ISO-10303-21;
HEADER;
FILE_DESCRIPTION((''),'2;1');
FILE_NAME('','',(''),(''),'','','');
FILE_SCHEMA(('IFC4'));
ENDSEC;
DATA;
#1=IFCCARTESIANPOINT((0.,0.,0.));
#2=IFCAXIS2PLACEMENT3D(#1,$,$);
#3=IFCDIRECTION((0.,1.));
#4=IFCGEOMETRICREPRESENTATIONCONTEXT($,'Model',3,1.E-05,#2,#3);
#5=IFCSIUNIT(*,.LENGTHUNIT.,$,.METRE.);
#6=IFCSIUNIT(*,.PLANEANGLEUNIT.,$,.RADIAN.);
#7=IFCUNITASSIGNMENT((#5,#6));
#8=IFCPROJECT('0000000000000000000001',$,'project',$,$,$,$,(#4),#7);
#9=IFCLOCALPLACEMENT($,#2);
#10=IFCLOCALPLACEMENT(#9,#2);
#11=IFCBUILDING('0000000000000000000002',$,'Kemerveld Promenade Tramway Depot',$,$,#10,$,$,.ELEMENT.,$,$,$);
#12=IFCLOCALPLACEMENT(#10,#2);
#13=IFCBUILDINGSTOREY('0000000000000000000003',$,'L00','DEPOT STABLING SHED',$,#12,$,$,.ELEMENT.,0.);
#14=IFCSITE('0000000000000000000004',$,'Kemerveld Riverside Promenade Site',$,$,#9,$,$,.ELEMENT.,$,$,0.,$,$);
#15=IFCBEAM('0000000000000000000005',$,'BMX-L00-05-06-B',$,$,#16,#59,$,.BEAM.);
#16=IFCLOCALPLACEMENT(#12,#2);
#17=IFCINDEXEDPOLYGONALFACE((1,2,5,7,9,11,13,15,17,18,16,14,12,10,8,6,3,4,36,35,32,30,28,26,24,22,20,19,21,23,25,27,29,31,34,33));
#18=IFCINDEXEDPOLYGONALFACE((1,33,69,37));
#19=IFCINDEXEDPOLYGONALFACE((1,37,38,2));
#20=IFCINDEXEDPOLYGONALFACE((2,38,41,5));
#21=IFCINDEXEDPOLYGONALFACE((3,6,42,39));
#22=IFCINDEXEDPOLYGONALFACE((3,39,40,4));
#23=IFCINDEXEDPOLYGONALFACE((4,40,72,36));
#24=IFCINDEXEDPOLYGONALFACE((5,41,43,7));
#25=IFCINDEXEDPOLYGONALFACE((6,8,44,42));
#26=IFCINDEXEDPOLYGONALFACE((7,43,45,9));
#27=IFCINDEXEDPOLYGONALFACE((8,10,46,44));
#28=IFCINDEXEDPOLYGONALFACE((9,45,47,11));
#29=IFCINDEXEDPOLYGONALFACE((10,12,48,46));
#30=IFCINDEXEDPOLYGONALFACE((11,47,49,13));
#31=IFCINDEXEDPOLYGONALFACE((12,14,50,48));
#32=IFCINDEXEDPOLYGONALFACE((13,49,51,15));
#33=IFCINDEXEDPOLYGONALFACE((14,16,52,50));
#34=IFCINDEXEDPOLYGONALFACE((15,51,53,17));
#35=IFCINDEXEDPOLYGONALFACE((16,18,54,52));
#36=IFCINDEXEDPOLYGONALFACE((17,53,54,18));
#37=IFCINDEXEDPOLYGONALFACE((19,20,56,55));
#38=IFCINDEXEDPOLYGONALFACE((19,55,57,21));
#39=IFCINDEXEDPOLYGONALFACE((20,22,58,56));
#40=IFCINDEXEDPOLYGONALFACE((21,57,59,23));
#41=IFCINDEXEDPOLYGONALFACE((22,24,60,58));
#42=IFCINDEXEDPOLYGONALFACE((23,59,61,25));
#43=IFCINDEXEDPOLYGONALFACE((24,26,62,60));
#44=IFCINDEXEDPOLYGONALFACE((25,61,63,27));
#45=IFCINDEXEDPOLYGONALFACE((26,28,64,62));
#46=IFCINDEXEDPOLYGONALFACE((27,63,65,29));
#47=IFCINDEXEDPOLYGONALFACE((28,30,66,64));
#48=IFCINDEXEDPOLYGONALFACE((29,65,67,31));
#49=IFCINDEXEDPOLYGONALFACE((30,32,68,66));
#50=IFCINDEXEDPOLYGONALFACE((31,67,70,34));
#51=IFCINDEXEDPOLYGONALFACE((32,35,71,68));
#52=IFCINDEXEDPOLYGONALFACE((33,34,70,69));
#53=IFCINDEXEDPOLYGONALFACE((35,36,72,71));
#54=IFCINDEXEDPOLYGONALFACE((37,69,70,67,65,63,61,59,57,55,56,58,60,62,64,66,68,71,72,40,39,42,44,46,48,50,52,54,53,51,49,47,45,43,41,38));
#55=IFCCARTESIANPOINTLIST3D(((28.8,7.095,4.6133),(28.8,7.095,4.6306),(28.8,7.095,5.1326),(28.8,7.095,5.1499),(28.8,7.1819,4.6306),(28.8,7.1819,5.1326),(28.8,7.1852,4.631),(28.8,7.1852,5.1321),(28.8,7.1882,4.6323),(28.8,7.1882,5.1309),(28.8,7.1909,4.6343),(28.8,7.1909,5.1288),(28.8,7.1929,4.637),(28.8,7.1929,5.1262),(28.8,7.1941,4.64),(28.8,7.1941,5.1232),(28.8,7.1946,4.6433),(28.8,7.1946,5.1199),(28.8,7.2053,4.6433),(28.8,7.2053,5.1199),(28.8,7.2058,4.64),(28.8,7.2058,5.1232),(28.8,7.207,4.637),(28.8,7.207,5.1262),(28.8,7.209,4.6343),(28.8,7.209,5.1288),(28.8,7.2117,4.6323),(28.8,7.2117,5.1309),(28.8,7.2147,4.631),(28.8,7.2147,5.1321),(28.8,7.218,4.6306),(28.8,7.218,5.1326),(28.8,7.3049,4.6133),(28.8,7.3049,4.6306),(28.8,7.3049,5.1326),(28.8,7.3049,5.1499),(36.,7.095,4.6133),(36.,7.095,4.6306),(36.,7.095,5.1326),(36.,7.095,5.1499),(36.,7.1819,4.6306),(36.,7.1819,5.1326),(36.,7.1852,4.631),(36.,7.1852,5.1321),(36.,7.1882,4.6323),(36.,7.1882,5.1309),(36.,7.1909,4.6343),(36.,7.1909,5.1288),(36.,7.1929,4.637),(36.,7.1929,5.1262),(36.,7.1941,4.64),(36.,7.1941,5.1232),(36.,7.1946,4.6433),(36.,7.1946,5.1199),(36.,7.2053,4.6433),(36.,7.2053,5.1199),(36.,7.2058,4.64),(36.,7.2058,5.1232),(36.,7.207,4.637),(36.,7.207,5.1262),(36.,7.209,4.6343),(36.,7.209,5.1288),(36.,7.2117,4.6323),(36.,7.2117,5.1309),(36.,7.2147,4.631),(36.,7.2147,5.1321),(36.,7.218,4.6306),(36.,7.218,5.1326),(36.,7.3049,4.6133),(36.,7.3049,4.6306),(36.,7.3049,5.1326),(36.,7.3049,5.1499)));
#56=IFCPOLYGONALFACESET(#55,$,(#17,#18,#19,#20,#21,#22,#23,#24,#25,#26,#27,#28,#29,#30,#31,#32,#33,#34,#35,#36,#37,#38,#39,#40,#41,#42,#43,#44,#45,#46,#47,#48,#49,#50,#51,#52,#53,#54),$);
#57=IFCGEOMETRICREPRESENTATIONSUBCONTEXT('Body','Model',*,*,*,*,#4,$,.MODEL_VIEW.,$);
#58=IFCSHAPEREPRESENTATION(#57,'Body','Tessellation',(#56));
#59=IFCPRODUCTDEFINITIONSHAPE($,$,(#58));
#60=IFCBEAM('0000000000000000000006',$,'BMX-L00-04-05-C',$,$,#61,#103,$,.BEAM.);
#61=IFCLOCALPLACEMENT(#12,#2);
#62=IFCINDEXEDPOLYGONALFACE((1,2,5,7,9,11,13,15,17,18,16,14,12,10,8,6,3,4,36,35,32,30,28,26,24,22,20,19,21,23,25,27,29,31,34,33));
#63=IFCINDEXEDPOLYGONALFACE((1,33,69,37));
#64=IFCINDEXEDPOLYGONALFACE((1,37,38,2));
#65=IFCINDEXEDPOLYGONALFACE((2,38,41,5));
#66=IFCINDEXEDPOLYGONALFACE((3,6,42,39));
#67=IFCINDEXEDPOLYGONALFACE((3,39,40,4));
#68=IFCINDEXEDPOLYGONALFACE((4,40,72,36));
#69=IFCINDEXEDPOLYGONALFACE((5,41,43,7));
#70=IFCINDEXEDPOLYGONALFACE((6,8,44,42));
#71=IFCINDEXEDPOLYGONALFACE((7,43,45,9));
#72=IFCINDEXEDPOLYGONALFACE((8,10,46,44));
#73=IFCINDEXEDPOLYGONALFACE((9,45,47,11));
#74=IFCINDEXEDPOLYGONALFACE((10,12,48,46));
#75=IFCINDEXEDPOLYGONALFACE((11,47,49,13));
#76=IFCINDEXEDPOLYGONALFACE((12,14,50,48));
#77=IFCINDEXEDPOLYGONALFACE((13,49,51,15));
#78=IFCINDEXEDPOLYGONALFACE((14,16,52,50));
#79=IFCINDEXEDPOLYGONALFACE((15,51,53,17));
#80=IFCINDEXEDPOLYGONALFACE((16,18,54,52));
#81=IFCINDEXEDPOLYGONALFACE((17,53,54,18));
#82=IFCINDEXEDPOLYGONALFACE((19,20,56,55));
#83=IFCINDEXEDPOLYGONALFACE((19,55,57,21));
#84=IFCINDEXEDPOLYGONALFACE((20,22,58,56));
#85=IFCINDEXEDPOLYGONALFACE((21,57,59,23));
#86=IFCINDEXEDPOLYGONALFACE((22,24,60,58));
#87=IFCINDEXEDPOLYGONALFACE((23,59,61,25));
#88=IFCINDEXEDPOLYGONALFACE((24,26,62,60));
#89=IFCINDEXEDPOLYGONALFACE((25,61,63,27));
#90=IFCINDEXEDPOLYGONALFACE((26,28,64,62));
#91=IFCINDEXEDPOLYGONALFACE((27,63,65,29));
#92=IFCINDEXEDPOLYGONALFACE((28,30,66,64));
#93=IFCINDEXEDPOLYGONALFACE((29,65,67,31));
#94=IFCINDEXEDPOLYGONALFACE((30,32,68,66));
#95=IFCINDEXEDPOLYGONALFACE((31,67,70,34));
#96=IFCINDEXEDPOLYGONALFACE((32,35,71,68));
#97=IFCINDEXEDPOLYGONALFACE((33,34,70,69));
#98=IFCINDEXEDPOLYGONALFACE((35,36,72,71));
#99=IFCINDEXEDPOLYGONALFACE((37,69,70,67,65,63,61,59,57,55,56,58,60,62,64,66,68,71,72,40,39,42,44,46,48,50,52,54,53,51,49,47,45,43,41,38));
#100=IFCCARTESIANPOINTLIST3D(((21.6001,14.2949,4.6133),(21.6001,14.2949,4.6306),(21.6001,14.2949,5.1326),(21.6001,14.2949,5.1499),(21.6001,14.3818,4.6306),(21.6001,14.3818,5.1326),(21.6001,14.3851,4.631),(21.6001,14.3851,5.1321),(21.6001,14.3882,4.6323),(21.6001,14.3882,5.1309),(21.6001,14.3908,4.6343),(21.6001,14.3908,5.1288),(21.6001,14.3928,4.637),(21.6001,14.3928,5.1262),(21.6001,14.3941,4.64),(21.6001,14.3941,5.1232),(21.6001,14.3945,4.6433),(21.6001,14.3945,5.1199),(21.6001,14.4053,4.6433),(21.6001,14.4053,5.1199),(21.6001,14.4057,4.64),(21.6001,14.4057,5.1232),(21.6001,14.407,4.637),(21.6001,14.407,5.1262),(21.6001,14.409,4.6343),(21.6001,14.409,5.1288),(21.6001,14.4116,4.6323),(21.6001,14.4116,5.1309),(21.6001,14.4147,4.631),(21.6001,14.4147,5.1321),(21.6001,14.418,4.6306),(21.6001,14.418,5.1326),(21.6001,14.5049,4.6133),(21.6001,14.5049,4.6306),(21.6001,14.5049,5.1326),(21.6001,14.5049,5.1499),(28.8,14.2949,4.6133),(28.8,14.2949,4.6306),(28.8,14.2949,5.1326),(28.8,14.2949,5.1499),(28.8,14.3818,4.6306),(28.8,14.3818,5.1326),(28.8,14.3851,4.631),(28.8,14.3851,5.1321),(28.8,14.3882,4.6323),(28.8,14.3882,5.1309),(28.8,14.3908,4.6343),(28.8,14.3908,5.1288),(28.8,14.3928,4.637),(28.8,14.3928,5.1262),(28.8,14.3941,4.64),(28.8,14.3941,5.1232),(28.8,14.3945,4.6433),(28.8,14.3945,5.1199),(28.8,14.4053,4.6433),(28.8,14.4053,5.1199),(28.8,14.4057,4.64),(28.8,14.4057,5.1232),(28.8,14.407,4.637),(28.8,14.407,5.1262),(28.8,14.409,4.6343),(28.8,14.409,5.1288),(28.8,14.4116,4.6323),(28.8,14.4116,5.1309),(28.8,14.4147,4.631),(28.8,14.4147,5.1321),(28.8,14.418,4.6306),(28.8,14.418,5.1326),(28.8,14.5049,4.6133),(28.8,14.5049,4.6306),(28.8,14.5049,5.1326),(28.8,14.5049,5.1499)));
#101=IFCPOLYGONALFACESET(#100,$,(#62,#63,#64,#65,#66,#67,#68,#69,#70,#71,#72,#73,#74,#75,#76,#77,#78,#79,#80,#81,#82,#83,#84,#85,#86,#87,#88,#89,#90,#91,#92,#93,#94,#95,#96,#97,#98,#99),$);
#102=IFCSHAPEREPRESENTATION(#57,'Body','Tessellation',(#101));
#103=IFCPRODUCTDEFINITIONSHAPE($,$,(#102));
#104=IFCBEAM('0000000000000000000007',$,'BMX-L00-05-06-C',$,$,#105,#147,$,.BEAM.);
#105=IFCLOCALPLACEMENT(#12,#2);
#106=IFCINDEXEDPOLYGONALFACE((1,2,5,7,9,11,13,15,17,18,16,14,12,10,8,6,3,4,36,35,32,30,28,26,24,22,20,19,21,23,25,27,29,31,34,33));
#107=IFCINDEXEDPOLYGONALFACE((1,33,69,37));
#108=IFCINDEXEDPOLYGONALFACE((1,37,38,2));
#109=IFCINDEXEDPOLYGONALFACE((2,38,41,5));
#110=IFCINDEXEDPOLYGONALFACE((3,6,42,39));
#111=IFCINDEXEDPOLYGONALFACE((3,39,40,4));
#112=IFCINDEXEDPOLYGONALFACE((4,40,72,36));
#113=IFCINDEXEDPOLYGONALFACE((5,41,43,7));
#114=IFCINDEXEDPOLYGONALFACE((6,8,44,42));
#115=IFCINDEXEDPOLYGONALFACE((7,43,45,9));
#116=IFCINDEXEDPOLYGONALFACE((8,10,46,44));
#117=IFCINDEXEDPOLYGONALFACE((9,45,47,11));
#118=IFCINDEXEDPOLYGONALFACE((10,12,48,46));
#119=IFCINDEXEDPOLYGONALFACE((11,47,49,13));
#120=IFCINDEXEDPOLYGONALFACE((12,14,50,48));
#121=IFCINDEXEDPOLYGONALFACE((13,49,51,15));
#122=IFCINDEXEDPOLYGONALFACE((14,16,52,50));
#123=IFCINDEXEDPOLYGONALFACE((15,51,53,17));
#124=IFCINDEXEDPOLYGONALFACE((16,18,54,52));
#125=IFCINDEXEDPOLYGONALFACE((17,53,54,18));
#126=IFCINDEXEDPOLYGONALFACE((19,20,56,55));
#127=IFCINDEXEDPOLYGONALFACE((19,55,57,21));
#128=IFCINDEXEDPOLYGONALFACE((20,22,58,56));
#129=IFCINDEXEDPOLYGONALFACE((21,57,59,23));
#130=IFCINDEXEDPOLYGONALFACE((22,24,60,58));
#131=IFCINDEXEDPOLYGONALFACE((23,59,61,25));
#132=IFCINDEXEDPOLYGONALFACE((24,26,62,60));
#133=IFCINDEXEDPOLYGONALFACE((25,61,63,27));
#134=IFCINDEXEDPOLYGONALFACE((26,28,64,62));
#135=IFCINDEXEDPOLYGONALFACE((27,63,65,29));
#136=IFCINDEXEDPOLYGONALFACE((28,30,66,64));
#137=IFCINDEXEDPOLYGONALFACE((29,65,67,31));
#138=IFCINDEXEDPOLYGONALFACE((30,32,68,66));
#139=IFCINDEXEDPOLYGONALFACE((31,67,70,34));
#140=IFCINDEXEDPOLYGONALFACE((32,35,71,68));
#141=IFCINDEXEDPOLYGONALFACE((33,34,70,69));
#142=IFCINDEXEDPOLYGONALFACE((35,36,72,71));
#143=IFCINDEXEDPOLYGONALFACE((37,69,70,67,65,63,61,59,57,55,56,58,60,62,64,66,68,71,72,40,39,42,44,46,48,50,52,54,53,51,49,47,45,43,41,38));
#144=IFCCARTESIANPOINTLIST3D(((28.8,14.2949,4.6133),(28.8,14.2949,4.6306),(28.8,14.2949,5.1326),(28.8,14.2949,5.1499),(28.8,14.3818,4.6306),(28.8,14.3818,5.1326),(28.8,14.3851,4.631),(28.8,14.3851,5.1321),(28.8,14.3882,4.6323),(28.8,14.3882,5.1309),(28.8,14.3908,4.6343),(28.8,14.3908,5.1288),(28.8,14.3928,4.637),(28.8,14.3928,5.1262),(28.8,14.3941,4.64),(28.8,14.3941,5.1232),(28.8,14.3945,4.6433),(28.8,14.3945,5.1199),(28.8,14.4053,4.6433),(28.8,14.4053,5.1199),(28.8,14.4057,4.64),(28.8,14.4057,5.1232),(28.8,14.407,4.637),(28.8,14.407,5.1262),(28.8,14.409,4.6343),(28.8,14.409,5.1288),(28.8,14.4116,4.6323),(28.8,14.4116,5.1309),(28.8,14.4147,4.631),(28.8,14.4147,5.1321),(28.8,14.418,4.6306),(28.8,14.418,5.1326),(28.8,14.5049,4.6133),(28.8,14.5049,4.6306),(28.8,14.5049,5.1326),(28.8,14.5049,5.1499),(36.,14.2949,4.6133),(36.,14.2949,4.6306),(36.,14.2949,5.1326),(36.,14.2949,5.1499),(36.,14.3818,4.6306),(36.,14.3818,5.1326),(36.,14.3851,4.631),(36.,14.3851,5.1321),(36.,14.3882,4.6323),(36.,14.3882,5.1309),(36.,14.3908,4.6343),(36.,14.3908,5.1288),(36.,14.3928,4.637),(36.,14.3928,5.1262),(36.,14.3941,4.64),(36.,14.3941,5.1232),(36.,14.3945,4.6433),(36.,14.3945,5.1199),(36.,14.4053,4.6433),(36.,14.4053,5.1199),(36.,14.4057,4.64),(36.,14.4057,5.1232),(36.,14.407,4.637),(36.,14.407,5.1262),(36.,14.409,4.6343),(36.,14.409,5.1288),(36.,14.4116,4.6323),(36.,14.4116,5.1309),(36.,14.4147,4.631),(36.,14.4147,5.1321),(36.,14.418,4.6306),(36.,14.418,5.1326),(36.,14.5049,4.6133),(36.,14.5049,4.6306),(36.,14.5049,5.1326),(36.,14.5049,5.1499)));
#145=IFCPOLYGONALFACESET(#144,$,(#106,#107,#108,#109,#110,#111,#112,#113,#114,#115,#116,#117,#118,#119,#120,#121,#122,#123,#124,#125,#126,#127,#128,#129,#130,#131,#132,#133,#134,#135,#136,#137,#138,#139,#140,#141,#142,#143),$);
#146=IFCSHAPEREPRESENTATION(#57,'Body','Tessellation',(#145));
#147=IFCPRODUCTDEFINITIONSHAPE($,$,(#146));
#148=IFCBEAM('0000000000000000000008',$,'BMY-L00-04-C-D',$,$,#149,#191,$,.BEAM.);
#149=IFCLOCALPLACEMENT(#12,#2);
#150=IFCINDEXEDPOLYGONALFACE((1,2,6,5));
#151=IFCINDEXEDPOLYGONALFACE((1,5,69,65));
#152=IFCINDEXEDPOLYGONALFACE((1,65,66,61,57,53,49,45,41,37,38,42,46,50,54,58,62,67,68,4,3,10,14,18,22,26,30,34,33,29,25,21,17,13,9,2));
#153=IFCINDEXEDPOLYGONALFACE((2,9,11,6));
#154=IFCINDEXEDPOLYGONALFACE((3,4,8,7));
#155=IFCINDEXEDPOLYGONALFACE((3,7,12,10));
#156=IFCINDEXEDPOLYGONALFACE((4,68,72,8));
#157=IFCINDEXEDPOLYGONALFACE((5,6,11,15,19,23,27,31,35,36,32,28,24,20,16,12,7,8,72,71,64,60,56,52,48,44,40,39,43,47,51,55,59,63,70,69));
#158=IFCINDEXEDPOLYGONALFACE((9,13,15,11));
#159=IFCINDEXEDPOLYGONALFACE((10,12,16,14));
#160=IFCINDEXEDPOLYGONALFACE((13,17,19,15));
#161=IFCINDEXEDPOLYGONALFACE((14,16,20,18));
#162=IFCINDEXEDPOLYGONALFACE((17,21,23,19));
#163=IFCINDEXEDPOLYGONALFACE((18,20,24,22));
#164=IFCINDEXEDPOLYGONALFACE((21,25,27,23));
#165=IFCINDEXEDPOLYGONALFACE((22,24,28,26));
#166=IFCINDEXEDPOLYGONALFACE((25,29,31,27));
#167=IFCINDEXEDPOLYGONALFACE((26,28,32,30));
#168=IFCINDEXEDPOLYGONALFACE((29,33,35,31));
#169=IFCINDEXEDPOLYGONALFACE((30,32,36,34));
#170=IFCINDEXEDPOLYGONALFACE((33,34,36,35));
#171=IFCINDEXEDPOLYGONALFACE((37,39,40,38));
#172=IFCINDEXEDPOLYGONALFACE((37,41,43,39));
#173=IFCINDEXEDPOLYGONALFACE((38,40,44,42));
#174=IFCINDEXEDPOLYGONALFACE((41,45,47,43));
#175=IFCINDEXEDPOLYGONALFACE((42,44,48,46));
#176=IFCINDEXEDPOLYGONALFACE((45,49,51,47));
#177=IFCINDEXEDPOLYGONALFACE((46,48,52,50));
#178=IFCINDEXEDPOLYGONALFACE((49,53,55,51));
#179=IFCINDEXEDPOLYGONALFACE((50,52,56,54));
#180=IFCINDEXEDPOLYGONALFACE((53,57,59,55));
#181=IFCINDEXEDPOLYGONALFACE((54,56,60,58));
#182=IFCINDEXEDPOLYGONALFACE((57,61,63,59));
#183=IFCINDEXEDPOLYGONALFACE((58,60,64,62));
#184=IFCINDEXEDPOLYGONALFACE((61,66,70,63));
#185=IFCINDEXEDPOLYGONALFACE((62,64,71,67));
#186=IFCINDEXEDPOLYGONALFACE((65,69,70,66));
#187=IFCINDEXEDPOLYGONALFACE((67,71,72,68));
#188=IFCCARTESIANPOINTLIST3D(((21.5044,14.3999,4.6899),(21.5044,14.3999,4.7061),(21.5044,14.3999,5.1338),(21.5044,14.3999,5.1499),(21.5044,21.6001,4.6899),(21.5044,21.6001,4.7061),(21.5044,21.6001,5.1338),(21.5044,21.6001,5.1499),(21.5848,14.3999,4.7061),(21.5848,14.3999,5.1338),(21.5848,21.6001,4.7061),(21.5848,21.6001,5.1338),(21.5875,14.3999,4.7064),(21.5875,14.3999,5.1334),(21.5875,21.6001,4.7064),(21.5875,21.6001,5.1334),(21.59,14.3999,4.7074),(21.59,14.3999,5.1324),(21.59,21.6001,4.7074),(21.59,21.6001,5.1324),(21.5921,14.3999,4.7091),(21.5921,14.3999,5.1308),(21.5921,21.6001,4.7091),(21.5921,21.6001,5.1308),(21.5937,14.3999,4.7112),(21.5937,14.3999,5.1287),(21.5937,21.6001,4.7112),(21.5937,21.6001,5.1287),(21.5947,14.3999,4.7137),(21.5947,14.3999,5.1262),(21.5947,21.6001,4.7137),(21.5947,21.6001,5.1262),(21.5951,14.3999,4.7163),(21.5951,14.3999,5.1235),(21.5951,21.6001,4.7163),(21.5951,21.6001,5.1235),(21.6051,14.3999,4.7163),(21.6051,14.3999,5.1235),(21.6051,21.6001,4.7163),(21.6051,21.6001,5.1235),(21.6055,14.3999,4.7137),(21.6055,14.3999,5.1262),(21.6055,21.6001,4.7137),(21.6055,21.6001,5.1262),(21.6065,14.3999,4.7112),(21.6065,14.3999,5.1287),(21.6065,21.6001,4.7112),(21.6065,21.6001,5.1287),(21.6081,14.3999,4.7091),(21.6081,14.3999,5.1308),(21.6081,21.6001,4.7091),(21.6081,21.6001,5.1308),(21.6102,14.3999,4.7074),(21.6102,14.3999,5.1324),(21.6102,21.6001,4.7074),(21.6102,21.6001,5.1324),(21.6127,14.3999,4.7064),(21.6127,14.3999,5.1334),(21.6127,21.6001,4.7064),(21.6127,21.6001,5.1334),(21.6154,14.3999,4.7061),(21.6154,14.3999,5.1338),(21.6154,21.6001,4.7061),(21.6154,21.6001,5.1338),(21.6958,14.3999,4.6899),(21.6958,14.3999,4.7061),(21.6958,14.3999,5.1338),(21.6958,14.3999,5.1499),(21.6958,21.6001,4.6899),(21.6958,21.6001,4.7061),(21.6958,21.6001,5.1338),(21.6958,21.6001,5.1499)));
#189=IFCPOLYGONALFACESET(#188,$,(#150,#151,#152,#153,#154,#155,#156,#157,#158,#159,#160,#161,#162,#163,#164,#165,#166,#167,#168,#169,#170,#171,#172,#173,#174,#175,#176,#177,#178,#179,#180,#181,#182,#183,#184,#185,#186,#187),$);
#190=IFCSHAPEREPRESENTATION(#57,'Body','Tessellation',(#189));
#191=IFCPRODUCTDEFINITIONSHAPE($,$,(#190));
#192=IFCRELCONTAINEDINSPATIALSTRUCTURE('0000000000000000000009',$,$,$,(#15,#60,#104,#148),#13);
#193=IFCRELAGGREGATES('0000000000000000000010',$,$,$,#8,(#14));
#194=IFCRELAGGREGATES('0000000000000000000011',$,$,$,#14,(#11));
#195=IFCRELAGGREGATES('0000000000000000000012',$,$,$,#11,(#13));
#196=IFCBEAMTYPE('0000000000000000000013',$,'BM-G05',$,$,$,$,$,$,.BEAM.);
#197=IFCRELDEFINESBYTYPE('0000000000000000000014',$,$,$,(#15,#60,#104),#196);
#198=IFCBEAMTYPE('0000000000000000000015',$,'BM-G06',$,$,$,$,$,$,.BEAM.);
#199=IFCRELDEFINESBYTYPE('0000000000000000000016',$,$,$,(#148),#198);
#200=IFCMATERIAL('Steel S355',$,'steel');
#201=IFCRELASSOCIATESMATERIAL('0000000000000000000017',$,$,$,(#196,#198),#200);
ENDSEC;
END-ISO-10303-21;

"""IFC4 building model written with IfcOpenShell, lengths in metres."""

from ifc_helpers import new_model, si_unit, direction, frame, origin, origin_2d, place, context, subcontext, project, spatial, i_section, extrude, material, material_profile, profile_set, type_object, element, save


model = new_model("IFC4")

# Units and contexts
model_context = context("Model", 3, precision=1e-05, world=origin(), true_north=direction((0.0, 1.0)))
body_context = subcontext(model_context, "Body", "Model", "MODEL_VIEW")
ifc_project = project(units=[si_unit("LENGTHUNIT", "METRE"), si_unit("PLANEANGLEUNIT", "RADIAN")], contexts=[model_context])

# Site, building, storey
site_placement = place(None, origin())
site = spatial("IfcSite", under=ifc_project, at=site_placement, Name="Kemerveld Riverside Promenade Site", CompositionType="ELEMENT", RefElevation=0.0)
building_placement = place(site_placement, origin())
building = spatial("IfcBuilding", under=site, at=building_placement, Name="Kemerveld Promenade Tramway Depot", CompositionType="ELEMENT")
storey_placement = place(building_placement, origin())
storey = spatial("IfcBuildingStorey", under=building, at=storey_placement, Name="L00", Description="DEPOT STABLING SHED", CompositionType="ELEMENT", Elevation=0.0)

# Shared definitions
ifc_material_1 = material(Name="Steel S355", Category="steel")

# Beams
ifc_material_profile_1 = material_profile(ifc_material_1, i_section(OverallWidth=0.21, OverallDepth=0.5366, WebThickness=0.0107, FlangeThickness=0.0173, FilletRadius=0.0127, at=origin_2d()), Name="533x210x101 UB")
ifc_profile_set_1 = profile_set([ifc_material_profile_1], Name="Steel S355")
beam_type_1 = type_object("IfcBeamType", Name="BM-G05", PredefinedType="BEAM", material=ifc_profile_set_1)
for number, where, z_axis, x_axis, name in (
    (1, (28.8, 7.2, 4.8816), (1.0, 0.0, 0.0), (0.0, 1.0, 0.0), "BMX-L00-05-06-B"),
    (2, (21.6001, 14.3999, 4.8816), (1.0, 0.0, 0.0), (0.0, 1.0, 0.0), "BMX-L00-04-05-C"),
    (3, (28.8, 14.3999, 4.8816), (1.0, 0.0, 0.0), (0.0, 1.0, 0.0), "BMX-L00-05-06-C"),
):
    element("IfcBeam", number, at=place(storey_placement, frame(where, z_axis=z_axis, x_axis=x_axis)), inside=storey, type_object=beam_type_1, Name=name, PredefinedType="BEAM", context=body_context, shape_type="SweptSolid", body=[
        extrude(i_section(OverallWidth=0.21, OverallDepth=0.5366, WebThickness=0.0107, FlangeThickness=0.0173, FilletRadius=0.0127, at=origin_2d()), origin(), (0.0, 0.0, 1.0), 7.2),
    ])
ifc_material_profile_2 = material_profile(ifc_material_1, i_section(OverallWidth=0.1914, OverallDepth=0.46, WebThickness=0.01, FlangeThickness=0.0161, FilletRadius=0.0103, at=origin_2d()), Name="457x191x82 UB")
ifc_profile_set_2 = profile_set([ifc_material_profile_2], Name="Steel S355")
beam_type_2 = type_object("IfcBeamType", Name="BM-G06", PredefinedType="BEAM", material=ifc_profile_set_2)
beam_1_placement = place(storey_placement, frame((21.6001, 14.3999, 4.9199), z_axis=(0.0, 1.0, 0.0), x_axis=(-1.0, 0.0, 0.0)))
element("IfcBeam", 4, at=beam_1_placement, inside=storey, type_object=beam_type_2, Name="BMY-L00-04-C-D", PredefinedType="BEAM", context=body_context, shape_type="SweptSolid", body=[
    extrude(i_section(OverallWidth=0.1914, OverallDepth=0.46, WebThickness=0.01, FlangeThickness=0.0161, FilletRadius=0.0103, at=origin_2d()), origin(), (0.0, 0.0, 1.0), 7.2002),
])

save(model, "model.ifc")
